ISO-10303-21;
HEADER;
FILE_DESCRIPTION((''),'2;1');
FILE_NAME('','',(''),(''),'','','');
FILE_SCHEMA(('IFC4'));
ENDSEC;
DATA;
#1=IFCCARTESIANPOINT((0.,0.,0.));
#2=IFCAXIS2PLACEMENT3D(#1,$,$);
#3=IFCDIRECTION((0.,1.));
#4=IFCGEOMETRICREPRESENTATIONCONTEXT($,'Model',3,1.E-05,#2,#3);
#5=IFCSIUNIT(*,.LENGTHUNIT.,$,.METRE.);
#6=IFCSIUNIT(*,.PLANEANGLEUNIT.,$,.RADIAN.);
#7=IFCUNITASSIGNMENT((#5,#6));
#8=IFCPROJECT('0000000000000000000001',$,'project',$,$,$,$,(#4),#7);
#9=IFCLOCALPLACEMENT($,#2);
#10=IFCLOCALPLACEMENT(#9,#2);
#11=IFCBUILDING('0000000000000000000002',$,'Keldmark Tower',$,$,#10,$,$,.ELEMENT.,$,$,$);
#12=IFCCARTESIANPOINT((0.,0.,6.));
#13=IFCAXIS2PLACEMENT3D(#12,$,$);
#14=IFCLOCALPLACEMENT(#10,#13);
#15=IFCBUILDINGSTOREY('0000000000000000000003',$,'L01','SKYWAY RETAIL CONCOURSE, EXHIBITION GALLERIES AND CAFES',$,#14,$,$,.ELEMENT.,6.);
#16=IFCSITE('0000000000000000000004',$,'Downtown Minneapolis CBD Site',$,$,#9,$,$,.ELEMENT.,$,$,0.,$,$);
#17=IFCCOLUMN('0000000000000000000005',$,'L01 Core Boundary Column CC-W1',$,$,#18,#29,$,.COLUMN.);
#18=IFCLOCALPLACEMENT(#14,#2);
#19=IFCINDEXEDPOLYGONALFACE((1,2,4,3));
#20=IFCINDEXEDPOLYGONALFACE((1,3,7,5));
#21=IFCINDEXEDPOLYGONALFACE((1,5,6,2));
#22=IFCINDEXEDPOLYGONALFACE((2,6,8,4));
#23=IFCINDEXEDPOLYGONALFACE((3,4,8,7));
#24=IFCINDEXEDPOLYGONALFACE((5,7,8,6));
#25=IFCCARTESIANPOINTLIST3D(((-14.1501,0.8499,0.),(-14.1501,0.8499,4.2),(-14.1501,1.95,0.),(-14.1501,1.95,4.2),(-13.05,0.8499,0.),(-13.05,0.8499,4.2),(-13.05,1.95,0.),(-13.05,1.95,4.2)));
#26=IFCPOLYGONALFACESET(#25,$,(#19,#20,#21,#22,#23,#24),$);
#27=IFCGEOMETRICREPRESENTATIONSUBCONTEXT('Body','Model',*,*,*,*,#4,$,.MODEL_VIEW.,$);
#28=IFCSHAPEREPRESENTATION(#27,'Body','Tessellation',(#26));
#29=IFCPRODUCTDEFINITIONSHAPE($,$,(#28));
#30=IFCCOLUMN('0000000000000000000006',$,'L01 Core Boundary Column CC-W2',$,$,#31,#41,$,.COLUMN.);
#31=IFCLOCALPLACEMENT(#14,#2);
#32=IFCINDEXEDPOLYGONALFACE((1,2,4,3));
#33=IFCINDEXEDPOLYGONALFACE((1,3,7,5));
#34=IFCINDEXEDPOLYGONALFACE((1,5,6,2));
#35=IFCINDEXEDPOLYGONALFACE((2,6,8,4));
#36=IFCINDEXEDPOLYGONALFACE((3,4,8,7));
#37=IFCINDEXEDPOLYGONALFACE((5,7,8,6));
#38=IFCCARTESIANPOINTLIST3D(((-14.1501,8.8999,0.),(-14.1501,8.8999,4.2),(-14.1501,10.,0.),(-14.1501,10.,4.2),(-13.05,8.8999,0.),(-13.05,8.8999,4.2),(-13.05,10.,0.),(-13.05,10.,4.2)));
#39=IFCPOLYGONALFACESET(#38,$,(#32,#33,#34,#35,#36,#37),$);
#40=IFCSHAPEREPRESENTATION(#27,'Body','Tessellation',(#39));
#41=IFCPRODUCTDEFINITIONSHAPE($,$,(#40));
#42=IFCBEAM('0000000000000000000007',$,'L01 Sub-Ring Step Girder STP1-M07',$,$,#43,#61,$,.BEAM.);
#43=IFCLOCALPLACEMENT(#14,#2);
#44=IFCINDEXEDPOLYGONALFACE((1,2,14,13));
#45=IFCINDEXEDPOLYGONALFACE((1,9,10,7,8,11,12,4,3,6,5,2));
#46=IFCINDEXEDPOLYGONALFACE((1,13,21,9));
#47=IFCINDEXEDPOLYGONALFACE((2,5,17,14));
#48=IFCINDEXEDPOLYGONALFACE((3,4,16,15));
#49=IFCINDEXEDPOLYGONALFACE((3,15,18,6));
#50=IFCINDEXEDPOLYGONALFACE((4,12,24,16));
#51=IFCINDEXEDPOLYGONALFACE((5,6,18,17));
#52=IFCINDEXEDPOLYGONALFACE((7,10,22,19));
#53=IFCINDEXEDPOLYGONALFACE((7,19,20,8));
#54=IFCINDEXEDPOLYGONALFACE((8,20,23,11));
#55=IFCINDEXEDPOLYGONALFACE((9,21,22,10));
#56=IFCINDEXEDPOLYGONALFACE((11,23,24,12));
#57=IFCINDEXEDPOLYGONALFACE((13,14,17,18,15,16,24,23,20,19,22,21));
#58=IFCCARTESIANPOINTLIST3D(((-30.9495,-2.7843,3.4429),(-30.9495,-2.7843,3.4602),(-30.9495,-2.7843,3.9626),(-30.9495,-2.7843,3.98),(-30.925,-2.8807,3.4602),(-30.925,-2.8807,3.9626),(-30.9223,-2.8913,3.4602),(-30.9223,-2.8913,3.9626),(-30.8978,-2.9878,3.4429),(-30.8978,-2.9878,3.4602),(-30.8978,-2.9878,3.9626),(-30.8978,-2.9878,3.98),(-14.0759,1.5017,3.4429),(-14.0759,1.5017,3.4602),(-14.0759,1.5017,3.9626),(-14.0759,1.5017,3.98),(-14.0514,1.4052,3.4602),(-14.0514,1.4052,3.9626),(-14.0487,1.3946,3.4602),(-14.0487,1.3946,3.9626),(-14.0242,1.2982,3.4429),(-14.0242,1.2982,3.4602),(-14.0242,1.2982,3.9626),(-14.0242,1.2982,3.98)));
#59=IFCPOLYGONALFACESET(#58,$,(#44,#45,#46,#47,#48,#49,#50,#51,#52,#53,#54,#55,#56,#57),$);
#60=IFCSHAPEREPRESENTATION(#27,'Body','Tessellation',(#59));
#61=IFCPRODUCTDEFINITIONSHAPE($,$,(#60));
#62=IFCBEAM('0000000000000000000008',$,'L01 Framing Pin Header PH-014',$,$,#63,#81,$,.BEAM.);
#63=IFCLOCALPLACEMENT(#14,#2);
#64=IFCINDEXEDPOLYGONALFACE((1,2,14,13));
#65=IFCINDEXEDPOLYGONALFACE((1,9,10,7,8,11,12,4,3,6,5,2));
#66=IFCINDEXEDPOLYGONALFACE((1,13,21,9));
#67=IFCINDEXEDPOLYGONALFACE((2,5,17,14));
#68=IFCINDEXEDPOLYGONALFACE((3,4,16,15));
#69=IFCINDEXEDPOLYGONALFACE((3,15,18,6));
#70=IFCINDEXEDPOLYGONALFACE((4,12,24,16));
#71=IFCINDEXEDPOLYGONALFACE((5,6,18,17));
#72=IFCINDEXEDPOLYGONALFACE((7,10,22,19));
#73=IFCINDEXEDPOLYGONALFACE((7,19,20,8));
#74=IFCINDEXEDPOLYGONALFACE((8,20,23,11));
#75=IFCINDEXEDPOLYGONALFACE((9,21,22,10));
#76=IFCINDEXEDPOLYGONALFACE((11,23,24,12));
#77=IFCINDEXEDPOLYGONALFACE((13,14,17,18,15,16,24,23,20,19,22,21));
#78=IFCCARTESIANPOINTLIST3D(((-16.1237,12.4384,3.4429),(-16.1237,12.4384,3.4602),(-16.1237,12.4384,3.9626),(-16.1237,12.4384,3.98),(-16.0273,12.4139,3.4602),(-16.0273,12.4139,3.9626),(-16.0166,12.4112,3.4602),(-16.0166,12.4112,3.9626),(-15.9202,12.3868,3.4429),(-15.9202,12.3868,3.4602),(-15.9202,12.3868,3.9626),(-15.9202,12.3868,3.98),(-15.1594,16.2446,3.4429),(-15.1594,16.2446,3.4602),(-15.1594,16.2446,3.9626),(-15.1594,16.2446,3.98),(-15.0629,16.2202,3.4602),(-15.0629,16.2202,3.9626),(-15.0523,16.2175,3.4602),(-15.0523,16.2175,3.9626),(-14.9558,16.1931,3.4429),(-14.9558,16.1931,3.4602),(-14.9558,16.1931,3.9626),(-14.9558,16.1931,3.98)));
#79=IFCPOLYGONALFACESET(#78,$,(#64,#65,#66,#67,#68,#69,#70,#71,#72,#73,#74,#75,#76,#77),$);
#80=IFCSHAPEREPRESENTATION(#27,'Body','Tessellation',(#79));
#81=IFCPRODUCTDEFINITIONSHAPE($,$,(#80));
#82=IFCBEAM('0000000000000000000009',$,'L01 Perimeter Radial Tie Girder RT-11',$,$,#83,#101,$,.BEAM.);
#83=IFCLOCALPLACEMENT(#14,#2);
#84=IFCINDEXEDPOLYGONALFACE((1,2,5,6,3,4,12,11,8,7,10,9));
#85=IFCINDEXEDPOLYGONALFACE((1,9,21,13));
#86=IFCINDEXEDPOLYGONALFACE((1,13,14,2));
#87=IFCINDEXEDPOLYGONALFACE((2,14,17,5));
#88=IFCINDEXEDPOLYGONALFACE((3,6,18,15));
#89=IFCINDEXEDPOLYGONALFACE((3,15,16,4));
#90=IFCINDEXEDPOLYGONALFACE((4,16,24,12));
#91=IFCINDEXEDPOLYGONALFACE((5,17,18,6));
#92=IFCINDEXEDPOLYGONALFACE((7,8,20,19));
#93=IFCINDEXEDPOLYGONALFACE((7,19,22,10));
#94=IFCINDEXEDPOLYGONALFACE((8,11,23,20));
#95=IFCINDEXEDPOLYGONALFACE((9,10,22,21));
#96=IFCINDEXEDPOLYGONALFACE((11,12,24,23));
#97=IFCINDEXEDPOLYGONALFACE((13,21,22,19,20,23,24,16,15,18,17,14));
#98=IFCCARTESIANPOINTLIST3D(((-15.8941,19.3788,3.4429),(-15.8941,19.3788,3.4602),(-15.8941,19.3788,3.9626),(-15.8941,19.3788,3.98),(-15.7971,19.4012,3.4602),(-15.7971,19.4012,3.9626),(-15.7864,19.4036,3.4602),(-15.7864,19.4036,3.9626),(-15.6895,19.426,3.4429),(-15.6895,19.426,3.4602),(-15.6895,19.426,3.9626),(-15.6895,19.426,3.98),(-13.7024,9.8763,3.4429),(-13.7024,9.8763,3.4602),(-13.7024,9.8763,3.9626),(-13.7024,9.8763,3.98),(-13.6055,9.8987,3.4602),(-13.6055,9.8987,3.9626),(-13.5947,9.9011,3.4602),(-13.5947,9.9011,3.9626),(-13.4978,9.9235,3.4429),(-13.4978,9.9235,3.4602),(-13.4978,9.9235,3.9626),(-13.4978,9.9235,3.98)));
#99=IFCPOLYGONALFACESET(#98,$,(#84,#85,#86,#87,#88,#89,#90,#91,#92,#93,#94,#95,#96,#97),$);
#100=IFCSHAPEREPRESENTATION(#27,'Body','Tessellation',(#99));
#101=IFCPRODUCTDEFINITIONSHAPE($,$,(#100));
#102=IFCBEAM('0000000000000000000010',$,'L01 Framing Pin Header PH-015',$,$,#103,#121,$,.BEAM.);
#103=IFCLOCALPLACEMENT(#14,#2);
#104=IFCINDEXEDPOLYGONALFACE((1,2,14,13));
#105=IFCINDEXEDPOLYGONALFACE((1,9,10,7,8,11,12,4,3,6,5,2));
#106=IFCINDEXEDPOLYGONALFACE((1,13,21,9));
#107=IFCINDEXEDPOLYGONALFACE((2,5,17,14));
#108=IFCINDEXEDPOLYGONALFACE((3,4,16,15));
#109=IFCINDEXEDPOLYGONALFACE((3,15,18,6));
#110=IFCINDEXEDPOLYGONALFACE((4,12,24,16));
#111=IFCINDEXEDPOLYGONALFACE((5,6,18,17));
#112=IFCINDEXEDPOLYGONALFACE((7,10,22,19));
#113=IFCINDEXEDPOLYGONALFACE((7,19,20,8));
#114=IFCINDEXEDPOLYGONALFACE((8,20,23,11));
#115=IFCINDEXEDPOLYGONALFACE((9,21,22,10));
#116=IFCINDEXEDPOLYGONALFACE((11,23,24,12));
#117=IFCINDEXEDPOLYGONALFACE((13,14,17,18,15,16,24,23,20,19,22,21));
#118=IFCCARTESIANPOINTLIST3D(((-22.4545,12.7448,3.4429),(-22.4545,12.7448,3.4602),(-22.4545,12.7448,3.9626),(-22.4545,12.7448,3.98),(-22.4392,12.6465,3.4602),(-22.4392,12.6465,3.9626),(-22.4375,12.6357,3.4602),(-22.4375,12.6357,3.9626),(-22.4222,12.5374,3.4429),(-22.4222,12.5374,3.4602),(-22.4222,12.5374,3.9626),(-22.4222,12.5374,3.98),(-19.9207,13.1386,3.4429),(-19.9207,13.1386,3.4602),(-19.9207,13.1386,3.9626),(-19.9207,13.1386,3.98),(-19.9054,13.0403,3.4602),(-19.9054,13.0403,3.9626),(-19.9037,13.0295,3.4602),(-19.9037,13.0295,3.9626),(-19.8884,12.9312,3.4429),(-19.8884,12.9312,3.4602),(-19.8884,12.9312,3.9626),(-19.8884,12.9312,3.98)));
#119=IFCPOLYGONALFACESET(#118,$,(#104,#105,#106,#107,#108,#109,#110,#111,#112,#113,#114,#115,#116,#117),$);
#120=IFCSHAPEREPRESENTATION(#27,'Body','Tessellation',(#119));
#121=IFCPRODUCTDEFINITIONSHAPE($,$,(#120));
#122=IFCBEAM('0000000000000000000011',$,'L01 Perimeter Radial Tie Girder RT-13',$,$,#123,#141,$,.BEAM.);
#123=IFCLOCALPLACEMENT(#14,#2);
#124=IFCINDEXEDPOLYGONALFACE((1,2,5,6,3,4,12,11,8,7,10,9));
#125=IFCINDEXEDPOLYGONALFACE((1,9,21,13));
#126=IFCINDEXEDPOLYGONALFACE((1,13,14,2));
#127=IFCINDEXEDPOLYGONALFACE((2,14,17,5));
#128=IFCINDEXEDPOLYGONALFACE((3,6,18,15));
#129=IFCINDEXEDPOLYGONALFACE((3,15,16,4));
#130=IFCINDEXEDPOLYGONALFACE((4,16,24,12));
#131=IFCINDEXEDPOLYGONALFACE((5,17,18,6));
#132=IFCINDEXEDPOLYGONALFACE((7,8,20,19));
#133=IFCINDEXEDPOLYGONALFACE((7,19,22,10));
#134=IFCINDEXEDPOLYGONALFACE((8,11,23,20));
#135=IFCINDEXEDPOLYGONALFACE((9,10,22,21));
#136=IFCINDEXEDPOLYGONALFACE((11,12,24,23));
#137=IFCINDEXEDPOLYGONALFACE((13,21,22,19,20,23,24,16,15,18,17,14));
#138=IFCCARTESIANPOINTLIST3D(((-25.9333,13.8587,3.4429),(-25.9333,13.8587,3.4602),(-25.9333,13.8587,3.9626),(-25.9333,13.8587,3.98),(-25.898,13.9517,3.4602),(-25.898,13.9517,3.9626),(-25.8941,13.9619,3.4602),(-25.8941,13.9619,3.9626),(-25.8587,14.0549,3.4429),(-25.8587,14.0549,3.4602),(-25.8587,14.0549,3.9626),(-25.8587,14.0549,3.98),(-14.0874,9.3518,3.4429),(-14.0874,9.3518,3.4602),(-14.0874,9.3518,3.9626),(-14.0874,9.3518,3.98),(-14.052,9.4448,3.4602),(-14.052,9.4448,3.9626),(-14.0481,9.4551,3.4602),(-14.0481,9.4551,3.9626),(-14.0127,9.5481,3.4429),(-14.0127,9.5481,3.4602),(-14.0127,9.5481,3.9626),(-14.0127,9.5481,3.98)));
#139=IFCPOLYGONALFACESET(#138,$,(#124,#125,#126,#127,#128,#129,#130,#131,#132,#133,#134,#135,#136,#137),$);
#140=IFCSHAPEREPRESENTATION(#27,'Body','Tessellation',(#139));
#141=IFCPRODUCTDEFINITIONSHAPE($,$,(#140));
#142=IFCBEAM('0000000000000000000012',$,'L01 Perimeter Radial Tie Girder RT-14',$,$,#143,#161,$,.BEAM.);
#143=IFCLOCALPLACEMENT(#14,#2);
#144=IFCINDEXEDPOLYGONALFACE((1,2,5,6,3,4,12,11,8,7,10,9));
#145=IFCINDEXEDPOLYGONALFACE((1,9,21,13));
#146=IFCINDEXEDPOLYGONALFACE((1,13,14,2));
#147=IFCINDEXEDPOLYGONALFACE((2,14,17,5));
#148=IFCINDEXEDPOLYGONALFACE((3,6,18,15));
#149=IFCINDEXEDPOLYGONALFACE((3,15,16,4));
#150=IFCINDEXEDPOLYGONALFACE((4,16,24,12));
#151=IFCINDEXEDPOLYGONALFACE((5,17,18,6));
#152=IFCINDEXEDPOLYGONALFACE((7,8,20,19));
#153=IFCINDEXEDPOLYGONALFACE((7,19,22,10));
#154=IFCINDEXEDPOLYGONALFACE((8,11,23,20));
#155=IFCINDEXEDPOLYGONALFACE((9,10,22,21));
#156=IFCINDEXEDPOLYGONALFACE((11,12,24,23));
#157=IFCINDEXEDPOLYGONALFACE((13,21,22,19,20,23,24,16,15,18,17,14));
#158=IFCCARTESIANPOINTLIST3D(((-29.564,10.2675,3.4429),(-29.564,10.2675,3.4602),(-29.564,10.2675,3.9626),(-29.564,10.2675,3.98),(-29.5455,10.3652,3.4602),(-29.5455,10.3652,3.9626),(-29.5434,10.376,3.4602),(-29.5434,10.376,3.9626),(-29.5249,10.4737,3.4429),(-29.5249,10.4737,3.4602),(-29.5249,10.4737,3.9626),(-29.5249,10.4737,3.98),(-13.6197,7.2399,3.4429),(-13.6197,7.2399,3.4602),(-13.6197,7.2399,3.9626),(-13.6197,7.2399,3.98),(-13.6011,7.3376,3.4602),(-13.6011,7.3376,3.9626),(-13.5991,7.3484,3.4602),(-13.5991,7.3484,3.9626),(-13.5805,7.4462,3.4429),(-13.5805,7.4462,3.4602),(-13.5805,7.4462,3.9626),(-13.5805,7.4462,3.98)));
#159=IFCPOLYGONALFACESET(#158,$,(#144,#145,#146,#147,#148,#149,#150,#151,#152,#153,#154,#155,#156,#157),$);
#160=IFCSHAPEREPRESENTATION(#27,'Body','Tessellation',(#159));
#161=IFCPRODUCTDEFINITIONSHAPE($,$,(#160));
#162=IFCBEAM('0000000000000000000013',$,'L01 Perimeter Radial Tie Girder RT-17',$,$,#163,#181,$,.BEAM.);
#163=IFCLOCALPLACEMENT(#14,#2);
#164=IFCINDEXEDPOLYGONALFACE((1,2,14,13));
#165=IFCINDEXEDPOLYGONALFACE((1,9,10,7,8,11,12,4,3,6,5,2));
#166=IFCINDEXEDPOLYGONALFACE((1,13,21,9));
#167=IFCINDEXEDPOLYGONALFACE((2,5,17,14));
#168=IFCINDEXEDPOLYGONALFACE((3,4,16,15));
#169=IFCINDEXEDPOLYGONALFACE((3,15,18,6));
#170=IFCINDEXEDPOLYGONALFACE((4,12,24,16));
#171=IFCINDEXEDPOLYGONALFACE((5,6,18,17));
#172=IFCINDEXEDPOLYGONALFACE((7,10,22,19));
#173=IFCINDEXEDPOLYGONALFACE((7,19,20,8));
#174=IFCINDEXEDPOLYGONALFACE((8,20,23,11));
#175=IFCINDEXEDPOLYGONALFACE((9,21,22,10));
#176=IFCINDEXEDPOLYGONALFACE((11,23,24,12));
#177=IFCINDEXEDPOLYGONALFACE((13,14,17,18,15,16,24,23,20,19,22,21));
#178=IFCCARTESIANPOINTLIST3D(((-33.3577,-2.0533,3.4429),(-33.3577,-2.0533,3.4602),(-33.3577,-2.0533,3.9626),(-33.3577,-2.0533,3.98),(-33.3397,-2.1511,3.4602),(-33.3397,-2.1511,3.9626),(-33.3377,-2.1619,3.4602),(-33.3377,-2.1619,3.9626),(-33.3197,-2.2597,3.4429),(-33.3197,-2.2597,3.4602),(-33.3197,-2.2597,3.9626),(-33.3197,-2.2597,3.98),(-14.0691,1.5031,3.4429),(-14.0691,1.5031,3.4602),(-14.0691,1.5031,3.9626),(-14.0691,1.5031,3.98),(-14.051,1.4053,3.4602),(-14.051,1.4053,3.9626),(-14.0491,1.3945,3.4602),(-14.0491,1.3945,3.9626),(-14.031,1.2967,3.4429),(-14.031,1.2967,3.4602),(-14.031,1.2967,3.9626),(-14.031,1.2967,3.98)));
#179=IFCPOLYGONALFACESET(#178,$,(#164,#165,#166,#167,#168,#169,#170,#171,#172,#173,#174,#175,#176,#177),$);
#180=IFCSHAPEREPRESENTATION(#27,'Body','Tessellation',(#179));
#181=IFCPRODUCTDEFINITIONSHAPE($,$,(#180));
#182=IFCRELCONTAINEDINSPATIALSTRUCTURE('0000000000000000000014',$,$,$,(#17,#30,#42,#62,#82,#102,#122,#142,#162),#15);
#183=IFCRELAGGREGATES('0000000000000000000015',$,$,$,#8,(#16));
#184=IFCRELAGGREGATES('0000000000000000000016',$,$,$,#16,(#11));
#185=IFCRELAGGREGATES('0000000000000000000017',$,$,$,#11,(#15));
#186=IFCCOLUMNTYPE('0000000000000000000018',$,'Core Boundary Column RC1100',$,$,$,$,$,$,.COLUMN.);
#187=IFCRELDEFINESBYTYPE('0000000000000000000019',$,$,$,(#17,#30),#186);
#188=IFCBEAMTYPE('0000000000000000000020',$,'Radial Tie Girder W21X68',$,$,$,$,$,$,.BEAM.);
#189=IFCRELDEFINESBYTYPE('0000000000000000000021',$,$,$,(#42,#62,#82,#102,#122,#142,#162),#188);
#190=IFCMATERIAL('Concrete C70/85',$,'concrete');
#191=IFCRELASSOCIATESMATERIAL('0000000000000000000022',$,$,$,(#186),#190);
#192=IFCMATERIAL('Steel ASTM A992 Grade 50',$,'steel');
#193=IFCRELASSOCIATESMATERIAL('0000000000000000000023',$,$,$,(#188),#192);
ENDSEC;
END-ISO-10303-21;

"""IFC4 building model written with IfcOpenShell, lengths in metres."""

from ifc_helpers import new_model, si_unit, direction, frame, origin, origin_2d, place, context, subcontext, project, spatial, rectangle, i_section, extrude, material, material_profile, profile_set, type_object, element, save


model = new_model("IFC4")

# Units and contexts
model_context = context("Model", 3, precision=1e-05, world=origin(), true_north=direction((0.0, 1.0)))
body_context = subcontext(model_context, "Body", "Model", "MODEL_VIEW")
ifc_project = project(units=[si_unit("LENGTHUNIT", "METRE"), si_unit("PLANEANGLEUNIT", "RADIAN")], contexts=[model_context])

# Site, building, storey
site_placement = place(None, origin())
site = spatial("IfcSite", under=ifc_project, at=site_placement, Name="Downtown Minneapolis CBD Site", CompositionType="ELEMENT", RefElevation=0.0)
building_placement = place(site_placement, origin())
building = spatial("IfcBuilding", under=site, at=building_placement, Name="Keldmark Tower", CompositionType="ELEMENT")
storey_placement = place(building_placement, frame((0.0, 0.0, 6.0)))
storey = spatial("IfcBuildingStorey", under=building, at=storey_placement, Name="L01", Description="SKYWAY RETAIL CONCOURSE, EXHIBITION GALLERIES AND CAFES", CompositionType="ELEMENT", Elevation=6.0)

# Columns
ifc_material_1 = material(Name="Concrete C70/85", Category="concrete")
ifc_material_profile_1 = material_profile(ifc_material_1, rectangle(XDim=1.1001, YDim=1.1001, at=origin_2d()), Name="RC1100X1100")
ifc_profile_set_1 = profile_set([ifc_material_profile_1], Name="Concrete C70/85")
column_type = type_object("IfcColumnType", Name="Core Boundary Column RC1100", PredefinedType="COLUMN", material=ifc_profile_set_1)
for number, where, z_axis, x_axis, name in (
    (1, (-13.6001, 1.3999, 0.0), (0.0, 0.0, 1.0), (1.0, 0.0, 0.0), "L01 Core Boundary Column CC-W1"),
    (2, (-13.6001, 9.45, 0.0), (0.0, 0.0, 1.0), (1.0, 0.0, 0.0), "L01 Core Boundary Column CC-W2"),
):
    element("IfcColumn", number, at=place(storey_placement, frame(where, z_axis=z_axis, x_axis=x_axis)), inside=storey, type_object=column_type, Name=name, PredefinedType="COLUMN", context=body_context, shape_type="SweptSolid", body=[
        extrude(rectangle(XDim=1.1001, YDim=1.1001, at=origin_2d()), origin(), (0.0, 0.0, 1.0), 4.2),
    ])

# Beams
ifc_material_2 = material(Name="Steel ASTM A992 Grade 50", Category="steel")
ifc_material_profile_2 = material_profile(ifc_material_2, i_section(OverallWidth=0.21, OverallDepth=0.5371, WebThickness=0.011, FlangeThickness=0.0173, at=origin_2d()), Name="W21X68")
ifc_profile_set_2 = profile_set([ifc_material_profile_2], Name="Steel ASTM A992 Grade 50")
beam_type_1 = type_object("IfcBeamType", Name="Radial Tie Girder W21X68", PredefinedType="BEAM", material=ifc_profile_set_2)
beam_1_placement = place(storey_placement, frame((-14.05, 1.3999, 3.7114), z_axis=(-0.969223, -0.246183, 0.0), x_axis=(0.246183, -0.969223, 0.0)))
element("IfcBeam", 3, at=beam_1_placement, inside=storey, type_object=beam_type_1, Name="L01 Sub-Ring Step Girder STP1-M07", PredefinedType="BEAM", context=body_context, shape_type="SweptSolid", body=[
    extrude(i_section(OverallWidth=0.21, OverallDepth=0.5371, WebThickness=0.011, FlangeThickness=0.0173, at=origin_2d()), origin(), (0.0, 0.0, 1.0), 17.4094),
])
beam_2_placement = place(storey_placement, frame((-16.022, 12.4126, 3.7114), z_axis=(0.245607, 0.96937, 0.0), x_axis=(-0.96937, 0.245607, 0.0)))
element("IfcBeam", 4, at=beam_2_placement, inside=storey, type_object=beam_type_1, Name="L01 Framing Pin Header PH-014", PredefinedType="BEAM", context=body_context, shape_type="SweptSolid", body=[
    extrude(i_section(OverallWidth=0.21, OverallDepth=0.5371, WebThickness=0.011, FlangeThickness=0.0173, at=origin_2d()), origin(), (0.0, 0.0, 1.0), 3.9265),
])
beam_3_placement = place(storey_placement, frame((-13.6001, 9.8999, 3.7114), z_axis=(-0.224741, 0.974419, 0.0), x_axis=(-0.974419, -0.224741, 0.0)))
element("IfcBeam", 5, at=beam_3_placement, inside=storey, type_object=beam_type_1, Name="L01 Perimeter Radial Tie Girder RT-11", PredefinedType="BEAM", context=body_context, shape_type="SweptSolid", body=[
    extrude(i_section(OverallWidth=0.21, OverallDepth=0.5371, WebThickness=0.011, FlangeThickness=0.0173, at=origin_2d()), origin(), (0.0, 0.0, 1.0), 9.752),
])
beam_4_placement = place(storey_placement, frame((-19.9045, 13.0349, 3.7114), z_axis=(-0.988136, -0.153581, 0.0), x_axis=(0.153581, -0.988136, 0.0)))
element("IfcBeam", 6, at=beam_4_placement, inside=storey, type_object=beam_type_1, Name="L01 Framing Pin Header PH-015", PredefinedType="BEAM", context=body_context, shape_type="SweptSolid", body=[
    extrude(i_section(OverallWidth=0.21, OverallDepth=0.5371, WebThickness=0.011, FlangeThickness=0.0173, at=origin_2d()), origin(), (0.0, 0.0, 1.0), 2.5642),
])
beam_5_placement = place(storey_placement, frame((-14.05, 9.45, 3.7114), z_axis=(-0.934643, 0.355588, 0.0), x_axis=(-0.355588, -0.934643, 0.0)))
element("IfcBeam", 7, at=beam_5_placement, inside=storey, type_object=beam_type_1, Name="L01 Perimeter Radial Tie Girder RT-13", PredefinedType="BEAM", context=body_context, shape_type="SweptSolid", body=[
    extrude(i_section(OverallWidth=0.21, OverallDepth=0.5371, WebThickness=0.011, FlangeThickness=0.0173, at=origin_2d()), origin(), (0.0, 0.0, 1.0), 12.6743),
])
beam_6_placement = place(storey_placement, frame((-13.6001, 7.343, 3.7114), z_axis=(-0.982445, 0.186551, 0.0), x_axis=(-0.186551, -0.982445, 0.0)))
element("IfcBeam", 8, at=beam_6_placement, inside=storey, type_object=beam_type_1, Name="L01 Perimeter Radial Tie Girder RT-14", PredefinedType="BEAM", context=body_context, shape_type="SweptSolid", body=[
    extrude(i_section(OverallWidth=0.21, OverallDepth=0.5371, WebThickness=0.011, FlangeThickness=0.0173, at=origin_2d()), origin(), (0.0, 0.0, 1.0), 16.2292),
])
beam_7_placement = place(storey_placement, frame((-14.05, 1.3999, 3.7114), z_axis=(-0.983424, -0.181322, 0.0), x_axis=(0.181322, -0.983424, 0.0)))
element("IfcBeam", 9, at=beam_7_placement, inside=storey, type_object=beam_type_1, Name="L01 Perimeter Radial Tie Girder RT-17", PredefinedType="BEAM", context=body_context, shape_type="SweptSolid", body=[
    extrude(i_section(OverallWidth=0.21, OverallDepth=0.5371, WebThickness=0.011, FlangeThickness=0.0173, at=origin_2d()), origin(), (0.0, 0.0, 1.0), 19.6138),
])

save(model, "model.ifc")
